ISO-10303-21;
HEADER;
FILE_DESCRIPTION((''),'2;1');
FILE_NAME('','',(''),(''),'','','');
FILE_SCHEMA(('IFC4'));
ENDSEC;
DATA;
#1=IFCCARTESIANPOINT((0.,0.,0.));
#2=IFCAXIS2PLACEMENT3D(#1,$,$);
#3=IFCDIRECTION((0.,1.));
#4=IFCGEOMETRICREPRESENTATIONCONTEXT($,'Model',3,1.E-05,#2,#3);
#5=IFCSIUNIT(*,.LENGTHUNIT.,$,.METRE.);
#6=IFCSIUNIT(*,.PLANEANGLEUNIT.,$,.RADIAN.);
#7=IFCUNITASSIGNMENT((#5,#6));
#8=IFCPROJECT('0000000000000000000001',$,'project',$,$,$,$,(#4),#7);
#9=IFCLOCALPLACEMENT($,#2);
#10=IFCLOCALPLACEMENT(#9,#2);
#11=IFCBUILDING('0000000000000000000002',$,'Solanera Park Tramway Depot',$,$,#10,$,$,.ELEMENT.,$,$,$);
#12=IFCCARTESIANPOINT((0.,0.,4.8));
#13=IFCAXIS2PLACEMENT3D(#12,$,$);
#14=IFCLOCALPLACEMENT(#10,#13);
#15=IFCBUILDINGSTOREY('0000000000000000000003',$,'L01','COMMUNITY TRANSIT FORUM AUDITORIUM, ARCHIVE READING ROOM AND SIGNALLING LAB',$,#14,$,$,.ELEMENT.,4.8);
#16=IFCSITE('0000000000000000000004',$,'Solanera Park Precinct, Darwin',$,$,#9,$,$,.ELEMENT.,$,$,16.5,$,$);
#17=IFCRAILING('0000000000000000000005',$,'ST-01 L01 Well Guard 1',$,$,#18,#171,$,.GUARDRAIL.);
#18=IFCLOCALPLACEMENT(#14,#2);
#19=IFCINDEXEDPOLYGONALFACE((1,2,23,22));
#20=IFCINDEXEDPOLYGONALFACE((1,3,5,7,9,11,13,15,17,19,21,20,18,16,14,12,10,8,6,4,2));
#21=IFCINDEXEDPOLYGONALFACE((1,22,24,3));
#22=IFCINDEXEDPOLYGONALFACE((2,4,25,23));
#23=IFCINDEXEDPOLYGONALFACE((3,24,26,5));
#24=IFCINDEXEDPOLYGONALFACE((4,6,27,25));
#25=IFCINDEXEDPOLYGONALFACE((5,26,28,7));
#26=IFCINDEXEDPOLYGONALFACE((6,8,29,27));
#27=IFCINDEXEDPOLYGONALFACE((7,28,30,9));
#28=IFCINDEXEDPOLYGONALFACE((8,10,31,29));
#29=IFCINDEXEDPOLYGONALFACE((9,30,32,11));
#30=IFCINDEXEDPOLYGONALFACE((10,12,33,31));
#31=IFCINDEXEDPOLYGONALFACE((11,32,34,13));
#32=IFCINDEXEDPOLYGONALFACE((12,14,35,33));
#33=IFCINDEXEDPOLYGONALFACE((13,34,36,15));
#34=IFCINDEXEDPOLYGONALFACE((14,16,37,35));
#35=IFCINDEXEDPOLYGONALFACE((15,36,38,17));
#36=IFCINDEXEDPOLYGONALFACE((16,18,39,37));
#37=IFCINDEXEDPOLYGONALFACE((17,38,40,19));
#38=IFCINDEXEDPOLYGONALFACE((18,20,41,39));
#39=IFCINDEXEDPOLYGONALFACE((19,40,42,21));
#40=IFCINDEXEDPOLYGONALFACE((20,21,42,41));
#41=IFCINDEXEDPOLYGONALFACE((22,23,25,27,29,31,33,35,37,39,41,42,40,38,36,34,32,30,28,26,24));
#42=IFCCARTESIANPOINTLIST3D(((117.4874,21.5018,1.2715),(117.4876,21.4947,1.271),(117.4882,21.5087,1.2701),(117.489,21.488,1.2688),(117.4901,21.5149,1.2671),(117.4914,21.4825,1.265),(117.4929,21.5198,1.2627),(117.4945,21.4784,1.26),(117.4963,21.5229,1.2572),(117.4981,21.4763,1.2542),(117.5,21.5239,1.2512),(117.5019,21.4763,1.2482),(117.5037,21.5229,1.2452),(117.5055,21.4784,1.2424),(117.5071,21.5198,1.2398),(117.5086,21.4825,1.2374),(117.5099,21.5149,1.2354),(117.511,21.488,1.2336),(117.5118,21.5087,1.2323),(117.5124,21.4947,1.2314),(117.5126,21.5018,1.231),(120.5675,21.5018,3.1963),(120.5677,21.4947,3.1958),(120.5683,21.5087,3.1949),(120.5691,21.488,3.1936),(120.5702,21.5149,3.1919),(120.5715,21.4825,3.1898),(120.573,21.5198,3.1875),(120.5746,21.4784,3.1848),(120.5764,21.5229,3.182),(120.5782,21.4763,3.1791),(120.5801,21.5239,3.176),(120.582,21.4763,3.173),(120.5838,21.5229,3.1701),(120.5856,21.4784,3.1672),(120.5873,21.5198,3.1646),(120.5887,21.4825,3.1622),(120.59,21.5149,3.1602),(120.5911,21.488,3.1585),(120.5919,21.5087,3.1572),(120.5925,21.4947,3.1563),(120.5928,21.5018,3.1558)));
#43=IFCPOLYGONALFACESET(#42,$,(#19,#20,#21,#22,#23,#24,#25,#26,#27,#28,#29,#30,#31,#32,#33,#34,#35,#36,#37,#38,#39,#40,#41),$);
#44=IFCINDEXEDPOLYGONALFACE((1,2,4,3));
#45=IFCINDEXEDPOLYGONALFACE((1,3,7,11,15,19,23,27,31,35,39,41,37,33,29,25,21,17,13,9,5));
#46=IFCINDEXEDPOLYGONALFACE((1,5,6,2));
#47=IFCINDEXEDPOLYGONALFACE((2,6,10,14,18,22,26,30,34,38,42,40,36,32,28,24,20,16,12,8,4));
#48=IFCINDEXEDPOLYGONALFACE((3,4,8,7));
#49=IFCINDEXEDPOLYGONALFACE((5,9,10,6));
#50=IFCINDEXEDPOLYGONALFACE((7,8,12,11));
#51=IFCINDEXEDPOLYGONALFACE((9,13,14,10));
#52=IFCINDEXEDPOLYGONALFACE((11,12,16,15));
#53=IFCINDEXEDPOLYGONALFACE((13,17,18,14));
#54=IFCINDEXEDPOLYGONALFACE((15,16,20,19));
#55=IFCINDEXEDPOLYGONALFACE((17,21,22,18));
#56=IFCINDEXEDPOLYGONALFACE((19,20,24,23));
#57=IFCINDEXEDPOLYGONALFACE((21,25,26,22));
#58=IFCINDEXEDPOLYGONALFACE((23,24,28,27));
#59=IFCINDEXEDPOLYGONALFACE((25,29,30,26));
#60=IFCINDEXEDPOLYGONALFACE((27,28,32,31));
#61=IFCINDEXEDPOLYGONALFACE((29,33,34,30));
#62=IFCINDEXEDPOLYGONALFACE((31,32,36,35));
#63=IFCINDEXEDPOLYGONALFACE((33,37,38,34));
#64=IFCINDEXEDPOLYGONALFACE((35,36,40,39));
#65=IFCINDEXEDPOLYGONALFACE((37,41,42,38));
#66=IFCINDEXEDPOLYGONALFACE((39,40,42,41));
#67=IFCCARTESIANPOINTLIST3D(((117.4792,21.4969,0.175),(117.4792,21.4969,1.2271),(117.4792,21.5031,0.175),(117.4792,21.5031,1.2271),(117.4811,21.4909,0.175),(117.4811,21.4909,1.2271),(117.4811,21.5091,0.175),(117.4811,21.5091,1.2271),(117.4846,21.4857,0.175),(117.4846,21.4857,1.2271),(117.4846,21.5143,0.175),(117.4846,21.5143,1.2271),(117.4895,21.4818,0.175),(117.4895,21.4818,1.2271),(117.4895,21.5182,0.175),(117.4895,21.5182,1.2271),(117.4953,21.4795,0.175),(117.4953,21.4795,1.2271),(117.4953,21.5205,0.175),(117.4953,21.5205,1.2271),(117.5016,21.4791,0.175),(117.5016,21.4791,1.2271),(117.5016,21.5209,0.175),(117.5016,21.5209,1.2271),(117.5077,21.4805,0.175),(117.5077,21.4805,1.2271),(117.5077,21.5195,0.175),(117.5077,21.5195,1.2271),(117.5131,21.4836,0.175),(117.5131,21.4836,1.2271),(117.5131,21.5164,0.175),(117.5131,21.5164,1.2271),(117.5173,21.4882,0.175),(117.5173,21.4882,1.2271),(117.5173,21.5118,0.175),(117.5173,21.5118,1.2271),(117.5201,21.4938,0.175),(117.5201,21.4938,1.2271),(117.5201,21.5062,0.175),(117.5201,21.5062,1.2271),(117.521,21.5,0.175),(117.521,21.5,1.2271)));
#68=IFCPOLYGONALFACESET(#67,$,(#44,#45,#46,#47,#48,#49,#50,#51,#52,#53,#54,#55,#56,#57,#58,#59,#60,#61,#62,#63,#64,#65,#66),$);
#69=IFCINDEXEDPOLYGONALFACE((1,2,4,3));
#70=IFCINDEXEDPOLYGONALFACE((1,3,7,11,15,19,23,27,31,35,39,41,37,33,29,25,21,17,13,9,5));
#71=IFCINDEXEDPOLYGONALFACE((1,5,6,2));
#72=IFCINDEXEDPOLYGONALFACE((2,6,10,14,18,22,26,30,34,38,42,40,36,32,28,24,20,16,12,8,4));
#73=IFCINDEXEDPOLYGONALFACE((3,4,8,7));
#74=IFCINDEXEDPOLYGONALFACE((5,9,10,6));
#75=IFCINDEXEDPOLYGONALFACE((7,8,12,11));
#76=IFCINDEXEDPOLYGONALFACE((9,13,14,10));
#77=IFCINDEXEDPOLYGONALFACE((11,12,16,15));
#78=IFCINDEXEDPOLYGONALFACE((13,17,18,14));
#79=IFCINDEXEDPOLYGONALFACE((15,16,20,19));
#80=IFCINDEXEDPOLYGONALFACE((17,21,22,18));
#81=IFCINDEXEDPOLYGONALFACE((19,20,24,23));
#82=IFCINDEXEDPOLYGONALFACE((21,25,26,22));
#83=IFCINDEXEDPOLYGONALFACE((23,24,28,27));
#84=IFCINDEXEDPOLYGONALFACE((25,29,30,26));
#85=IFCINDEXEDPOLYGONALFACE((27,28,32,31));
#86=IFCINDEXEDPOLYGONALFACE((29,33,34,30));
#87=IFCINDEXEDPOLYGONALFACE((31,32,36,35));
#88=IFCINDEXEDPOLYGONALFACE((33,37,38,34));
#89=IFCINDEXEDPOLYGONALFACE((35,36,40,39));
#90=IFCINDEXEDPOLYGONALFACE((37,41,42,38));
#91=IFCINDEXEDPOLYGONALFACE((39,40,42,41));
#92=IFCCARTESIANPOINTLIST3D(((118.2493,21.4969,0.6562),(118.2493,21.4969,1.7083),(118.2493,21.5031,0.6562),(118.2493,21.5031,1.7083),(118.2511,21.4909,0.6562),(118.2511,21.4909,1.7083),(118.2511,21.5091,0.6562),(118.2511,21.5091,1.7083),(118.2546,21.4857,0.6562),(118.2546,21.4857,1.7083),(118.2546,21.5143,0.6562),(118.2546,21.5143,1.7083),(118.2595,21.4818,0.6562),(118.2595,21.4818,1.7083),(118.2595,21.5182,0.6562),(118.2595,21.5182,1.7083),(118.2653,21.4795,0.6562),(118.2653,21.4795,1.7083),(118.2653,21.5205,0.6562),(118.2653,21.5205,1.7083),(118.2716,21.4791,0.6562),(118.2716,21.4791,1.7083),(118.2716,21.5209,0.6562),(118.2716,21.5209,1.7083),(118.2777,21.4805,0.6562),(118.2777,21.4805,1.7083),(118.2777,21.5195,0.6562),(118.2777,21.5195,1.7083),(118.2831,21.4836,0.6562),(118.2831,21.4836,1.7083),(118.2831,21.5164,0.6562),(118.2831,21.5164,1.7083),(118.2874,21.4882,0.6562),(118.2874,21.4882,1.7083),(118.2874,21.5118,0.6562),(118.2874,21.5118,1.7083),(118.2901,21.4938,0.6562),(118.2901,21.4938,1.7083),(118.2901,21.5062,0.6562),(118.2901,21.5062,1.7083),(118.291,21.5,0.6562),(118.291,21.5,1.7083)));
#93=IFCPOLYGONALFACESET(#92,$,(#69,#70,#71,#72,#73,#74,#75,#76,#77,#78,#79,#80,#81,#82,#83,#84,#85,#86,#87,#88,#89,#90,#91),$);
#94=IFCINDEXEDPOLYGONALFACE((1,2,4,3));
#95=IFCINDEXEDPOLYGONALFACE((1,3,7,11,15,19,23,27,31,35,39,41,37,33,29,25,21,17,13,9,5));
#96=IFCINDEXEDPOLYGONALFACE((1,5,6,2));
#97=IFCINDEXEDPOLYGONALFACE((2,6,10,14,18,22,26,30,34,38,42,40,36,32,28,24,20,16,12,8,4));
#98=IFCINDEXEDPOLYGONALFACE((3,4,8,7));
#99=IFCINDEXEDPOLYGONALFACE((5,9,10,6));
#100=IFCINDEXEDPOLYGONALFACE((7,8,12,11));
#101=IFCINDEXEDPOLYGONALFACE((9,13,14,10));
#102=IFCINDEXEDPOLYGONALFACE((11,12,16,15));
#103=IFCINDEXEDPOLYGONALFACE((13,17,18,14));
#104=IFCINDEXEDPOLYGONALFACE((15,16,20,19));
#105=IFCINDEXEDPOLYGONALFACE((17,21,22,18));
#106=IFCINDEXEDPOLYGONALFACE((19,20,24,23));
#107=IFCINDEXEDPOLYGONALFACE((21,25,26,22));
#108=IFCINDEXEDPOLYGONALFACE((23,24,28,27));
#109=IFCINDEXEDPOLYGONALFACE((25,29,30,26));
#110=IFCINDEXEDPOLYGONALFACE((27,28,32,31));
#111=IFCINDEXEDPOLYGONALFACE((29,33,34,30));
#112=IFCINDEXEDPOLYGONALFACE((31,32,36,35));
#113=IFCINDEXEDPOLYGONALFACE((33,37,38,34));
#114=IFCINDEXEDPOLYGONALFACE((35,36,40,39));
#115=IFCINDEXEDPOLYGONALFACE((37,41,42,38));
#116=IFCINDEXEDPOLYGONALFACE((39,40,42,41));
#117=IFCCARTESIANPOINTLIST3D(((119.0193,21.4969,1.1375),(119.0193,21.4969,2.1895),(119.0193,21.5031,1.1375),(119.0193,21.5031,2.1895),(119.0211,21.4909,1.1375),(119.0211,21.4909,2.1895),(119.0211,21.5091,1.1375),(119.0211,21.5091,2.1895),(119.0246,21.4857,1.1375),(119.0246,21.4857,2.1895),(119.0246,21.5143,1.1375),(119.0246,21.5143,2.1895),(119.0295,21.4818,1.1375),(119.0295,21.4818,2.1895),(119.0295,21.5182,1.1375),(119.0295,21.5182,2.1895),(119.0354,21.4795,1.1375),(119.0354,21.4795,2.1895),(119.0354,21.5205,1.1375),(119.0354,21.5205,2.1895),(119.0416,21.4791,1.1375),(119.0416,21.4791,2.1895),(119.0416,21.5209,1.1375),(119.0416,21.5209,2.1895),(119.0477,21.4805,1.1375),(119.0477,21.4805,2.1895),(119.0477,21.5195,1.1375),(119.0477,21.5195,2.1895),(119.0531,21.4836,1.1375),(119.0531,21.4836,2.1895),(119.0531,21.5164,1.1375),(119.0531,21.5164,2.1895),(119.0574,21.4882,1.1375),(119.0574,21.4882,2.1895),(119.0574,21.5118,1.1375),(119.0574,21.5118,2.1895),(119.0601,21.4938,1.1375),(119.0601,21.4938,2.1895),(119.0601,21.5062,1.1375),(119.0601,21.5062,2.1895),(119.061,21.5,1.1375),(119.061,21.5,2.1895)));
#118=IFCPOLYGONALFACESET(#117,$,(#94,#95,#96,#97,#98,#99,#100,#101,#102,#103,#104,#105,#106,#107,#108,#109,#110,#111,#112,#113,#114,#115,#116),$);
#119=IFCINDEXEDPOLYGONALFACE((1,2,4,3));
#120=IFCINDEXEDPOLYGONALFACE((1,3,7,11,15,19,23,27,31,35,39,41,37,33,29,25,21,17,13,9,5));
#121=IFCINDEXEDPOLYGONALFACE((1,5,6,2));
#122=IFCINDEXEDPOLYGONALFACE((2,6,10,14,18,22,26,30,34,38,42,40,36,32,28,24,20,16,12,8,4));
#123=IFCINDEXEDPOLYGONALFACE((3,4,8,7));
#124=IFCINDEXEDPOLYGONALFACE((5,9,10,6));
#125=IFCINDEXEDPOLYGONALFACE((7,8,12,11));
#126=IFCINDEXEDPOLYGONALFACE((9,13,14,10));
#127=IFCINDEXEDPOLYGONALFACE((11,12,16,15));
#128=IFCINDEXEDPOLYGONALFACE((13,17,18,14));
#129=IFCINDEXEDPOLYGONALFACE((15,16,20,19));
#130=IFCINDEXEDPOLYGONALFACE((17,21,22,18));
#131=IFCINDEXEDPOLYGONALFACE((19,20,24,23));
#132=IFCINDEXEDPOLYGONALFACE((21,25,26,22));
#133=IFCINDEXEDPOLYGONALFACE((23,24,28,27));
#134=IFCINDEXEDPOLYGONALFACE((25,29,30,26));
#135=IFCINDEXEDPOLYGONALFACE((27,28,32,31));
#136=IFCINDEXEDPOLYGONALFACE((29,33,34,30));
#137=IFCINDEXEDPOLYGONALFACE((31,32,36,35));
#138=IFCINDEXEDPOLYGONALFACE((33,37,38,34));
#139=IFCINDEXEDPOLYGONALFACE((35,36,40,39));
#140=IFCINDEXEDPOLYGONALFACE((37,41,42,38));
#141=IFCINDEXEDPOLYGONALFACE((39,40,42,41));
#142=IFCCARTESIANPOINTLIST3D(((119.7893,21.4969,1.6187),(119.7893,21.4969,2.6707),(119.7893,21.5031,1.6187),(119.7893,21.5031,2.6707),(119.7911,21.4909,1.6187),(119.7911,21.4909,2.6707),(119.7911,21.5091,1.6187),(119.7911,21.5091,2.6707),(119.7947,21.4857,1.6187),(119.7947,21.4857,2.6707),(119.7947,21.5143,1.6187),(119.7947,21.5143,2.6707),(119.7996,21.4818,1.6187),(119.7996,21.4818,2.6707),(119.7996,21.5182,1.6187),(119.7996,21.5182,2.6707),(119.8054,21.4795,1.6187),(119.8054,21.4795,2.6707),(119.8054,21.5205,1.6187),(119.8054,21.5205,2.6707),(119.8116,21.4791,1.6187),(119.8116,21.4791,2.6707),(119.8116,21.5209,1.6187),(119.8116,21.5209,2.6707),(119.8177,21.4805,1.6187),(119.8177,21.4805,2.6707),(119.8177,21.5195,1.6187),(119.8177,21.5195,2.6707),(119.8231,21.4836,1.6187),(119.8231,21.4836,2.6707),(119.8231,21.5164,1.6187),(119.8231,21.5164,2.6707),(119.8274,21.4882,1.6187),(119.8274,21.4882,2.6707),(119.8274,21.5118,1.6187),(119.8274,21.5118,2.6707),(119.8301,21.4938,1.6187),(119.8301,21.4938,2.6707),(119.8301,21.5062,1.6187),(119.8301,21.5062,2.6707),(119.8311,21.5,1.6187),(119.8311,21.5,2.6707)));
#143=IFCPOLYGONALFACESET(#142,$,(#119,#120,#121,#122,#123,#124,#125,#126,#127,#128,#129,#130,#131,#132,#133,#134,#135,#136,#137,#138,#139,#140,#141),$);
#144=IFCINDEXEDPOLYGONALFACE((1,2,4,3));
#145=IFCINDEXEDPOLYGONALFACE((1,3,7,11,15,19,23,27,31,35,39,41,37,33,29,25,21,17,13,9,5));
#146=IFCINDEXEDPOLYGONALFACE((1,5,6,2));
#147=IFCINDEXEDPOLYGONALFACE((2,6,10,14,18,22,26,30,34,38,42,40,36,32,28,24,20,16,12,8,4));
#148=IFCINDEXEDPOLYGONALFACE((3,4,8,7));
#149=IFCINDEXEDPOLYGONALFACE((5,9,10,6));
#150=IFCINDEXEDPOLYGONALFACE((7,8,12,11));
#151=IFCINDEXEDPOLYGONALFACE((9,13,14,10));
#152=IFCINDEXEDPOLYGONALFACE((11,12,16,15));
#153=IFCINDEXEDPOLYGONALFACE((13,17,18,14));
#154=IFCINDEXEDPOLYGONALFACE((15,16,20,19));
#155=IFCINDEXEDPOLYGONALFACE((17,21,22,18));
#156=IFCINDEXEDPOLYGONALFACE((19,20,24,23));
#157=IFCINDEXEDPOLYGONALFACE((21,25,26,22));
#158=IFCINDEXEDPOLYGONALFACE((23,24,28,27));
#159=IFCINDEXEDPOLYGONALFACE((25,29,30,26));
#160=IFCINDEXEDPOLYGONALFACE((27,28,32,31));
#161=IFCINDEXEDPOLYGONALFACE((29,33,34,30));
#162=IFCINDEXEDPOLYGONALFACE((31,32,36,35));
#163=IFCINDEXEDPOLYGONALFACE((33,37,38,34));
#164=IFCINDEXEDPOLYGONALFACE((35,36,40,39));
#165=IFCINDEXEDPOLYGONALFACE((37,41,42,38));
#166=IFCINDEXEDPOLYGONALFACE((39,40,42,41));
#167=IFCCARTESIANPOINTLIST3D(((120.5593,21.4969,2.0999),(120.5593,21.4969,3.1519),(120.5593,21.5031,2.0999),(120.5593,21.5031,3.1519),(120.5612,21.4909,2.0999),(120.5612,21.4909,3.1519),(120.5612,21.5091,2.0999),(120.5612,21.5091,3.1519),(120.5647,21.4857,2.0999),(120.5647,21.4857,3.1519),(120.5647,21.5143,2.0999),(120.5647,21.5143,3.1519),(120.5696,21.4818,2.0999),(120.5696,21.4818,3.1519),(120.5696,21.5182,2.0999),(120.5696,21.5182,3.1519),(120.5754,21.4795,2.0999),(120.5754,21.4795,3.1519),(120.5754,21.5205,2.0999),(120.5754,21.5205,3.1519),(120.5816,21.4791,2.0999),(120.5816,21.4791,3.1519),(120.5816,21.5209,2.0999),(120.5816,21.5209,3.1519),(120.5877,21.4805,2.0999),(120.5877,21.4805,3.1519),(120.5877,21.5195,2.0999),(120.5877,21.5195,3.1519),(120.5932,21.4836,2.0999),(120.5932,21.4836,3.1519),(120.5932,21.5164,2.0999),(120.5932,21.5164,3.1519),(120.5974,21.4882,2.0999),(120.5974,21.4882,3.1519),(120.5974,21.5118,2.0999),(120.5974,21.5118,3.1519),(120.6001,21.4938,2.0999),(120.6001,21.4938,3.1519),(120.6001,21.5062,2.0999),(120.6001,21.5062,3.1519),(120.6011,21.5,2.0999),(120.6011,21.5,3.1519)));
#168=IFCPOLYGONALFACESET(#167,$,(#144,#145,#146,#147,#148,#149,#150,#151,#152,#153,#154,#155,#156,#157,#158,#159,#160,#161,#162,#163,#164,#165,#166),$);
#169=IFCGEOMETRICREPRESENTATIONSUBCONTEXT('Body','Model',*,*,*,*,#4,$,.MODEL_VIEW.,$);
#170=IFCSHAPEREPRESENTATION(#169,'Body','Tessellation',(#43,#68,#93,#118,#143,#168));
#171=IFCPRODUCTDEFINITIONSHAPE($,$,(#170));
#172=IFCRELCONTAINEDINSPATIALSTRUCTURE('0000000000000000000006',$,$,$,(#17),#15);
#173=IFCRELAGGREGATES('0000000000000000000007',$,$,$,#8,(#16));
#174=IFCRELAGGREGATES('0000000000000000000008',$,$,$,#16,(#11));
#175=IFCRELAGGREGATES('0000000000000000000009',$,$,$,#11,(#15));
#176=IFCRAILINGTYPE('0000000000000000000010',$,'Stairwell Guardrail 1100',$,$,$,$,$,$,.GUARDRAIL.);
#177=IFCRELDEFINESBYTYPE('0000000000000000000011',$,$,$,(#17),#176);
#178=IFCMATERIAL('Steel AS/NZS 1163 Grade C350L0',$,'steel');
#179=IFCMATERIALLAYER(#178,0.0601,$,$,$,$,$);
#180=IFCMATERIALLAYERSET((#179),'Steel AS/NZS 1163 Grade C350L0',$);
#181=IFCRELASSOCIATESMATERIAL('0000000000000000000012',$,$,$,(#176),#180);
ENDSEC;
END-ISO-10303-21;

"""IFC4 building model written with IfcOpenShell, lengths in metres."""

from ifc_helpers import new_model, si_unit, direction, frame, origin, origin_2d, place, context, subcontext, project, spatial, circle, extrude, material, layer, layer_set, type_object, element, save


model = new_model("IFC4")

# Units and contexts
model_context = context("Model", 3, precision=1e-05, world=origin(), true_north=direction((0.0, 1.0)))
body_context = subcontext(model_context, "Body", "Model", "MODEL_VIEW")
ifc_project = project(units=[si_unit("LENGTHUNIT", "METRE"), si_unit("PLANEANGLEUNIT", "RADIAN")], contexts=[model_context])

# Site, building, storey
site_placement = place(None, origin())
site = spatial("IfcSite", under=ifc_project, at=site_placement, Name="Solanera Park Precinct, Darwin", CompositionType="ELEMENT", RefElevation=16.5)
building_placement = place(site_placement, origin())
building = spatial("IfcBuilding", under=site, at=building_placement, Name="Solanera Park Tramway Depot", CompositionType="ELEMENT")
storey_placement = place(building_placement, frame((0.0, 0.0, 4.8)))
storey = spatial("IfcBuildingStorey", under=building, at=storey_placement, Name="L01", Description="COMMUNITY TRANSIT FORUM AUDITORIUM, ARCHIVE READING ROOM AND SIGNALLING LAB", CompositionType="ELEMENT", Elevation=4.8)

# Railing
ifc_material_1 = material(Name="Steel AS/NZS 1163 Grade C350L0", Category="steel")
ifc_layer_1 = layer(ifc_material_1, 0.0601)
ifc_layer_set_1 = layer_set([ifc_layer_1], Name="Steel AS/NZS 1163 Grade C350L0")
railing_type_1 = type_object("IfcRailingType", Name="Stairwell Guardrail 1100", PredefinedType="GUARDRAIL", material=ifc_layer_set_1)
railing_1_placement = place(storey_placement, frame((117.5, 21.5, 0.175)))
element("IfcRailing", 1, at=railing_1_placement, inside=storey, type_object=railing_type_1, Name="ST-01 L01 Well Guard 1", PredefinedType="GUARDRAIL", context=body_context, shape_type="SweptSolid", body=[
    extrude(circle(Radius=0.0239, at=origin_2d()), frame((0.0, 0.0, 1.0762), z_axis=(0.848029, 0.0, 0.529951), x_axis=(0.0, 1.0, 0.0)), (0.0, 0.0, 1.0), 3.6321),
    extrude(circle(Radius=0.021, at=origin_2d()), origin(), (0.0, 0.0, 1.0), 1.052),
    extrude(circle(Radius=0.021, at=origin_2d()), frame((0.77, 0.0, 0.4812)), (0.0, 0.0, 1.0), 1.052),
    extrude(circle(Radius=0.021, at=origin_2d()), frame((1.54, 0.0, 0.9624)), (0.0, 0.0, 1.0), 1.052),
    extrude(circle(Radius=0.021, at=origin_2d()), frame((2.3101, 0.0, 1.4436)), (0.0, 0.0, 1.0), 1.052),
    extrude(circle(Radius=0.021, at=origin_2d()), frame((3.0801, 0.0, 1.9248)), (0.0, 0.0, 1.0), 1.052),
])

save(model, "model.ifc")
